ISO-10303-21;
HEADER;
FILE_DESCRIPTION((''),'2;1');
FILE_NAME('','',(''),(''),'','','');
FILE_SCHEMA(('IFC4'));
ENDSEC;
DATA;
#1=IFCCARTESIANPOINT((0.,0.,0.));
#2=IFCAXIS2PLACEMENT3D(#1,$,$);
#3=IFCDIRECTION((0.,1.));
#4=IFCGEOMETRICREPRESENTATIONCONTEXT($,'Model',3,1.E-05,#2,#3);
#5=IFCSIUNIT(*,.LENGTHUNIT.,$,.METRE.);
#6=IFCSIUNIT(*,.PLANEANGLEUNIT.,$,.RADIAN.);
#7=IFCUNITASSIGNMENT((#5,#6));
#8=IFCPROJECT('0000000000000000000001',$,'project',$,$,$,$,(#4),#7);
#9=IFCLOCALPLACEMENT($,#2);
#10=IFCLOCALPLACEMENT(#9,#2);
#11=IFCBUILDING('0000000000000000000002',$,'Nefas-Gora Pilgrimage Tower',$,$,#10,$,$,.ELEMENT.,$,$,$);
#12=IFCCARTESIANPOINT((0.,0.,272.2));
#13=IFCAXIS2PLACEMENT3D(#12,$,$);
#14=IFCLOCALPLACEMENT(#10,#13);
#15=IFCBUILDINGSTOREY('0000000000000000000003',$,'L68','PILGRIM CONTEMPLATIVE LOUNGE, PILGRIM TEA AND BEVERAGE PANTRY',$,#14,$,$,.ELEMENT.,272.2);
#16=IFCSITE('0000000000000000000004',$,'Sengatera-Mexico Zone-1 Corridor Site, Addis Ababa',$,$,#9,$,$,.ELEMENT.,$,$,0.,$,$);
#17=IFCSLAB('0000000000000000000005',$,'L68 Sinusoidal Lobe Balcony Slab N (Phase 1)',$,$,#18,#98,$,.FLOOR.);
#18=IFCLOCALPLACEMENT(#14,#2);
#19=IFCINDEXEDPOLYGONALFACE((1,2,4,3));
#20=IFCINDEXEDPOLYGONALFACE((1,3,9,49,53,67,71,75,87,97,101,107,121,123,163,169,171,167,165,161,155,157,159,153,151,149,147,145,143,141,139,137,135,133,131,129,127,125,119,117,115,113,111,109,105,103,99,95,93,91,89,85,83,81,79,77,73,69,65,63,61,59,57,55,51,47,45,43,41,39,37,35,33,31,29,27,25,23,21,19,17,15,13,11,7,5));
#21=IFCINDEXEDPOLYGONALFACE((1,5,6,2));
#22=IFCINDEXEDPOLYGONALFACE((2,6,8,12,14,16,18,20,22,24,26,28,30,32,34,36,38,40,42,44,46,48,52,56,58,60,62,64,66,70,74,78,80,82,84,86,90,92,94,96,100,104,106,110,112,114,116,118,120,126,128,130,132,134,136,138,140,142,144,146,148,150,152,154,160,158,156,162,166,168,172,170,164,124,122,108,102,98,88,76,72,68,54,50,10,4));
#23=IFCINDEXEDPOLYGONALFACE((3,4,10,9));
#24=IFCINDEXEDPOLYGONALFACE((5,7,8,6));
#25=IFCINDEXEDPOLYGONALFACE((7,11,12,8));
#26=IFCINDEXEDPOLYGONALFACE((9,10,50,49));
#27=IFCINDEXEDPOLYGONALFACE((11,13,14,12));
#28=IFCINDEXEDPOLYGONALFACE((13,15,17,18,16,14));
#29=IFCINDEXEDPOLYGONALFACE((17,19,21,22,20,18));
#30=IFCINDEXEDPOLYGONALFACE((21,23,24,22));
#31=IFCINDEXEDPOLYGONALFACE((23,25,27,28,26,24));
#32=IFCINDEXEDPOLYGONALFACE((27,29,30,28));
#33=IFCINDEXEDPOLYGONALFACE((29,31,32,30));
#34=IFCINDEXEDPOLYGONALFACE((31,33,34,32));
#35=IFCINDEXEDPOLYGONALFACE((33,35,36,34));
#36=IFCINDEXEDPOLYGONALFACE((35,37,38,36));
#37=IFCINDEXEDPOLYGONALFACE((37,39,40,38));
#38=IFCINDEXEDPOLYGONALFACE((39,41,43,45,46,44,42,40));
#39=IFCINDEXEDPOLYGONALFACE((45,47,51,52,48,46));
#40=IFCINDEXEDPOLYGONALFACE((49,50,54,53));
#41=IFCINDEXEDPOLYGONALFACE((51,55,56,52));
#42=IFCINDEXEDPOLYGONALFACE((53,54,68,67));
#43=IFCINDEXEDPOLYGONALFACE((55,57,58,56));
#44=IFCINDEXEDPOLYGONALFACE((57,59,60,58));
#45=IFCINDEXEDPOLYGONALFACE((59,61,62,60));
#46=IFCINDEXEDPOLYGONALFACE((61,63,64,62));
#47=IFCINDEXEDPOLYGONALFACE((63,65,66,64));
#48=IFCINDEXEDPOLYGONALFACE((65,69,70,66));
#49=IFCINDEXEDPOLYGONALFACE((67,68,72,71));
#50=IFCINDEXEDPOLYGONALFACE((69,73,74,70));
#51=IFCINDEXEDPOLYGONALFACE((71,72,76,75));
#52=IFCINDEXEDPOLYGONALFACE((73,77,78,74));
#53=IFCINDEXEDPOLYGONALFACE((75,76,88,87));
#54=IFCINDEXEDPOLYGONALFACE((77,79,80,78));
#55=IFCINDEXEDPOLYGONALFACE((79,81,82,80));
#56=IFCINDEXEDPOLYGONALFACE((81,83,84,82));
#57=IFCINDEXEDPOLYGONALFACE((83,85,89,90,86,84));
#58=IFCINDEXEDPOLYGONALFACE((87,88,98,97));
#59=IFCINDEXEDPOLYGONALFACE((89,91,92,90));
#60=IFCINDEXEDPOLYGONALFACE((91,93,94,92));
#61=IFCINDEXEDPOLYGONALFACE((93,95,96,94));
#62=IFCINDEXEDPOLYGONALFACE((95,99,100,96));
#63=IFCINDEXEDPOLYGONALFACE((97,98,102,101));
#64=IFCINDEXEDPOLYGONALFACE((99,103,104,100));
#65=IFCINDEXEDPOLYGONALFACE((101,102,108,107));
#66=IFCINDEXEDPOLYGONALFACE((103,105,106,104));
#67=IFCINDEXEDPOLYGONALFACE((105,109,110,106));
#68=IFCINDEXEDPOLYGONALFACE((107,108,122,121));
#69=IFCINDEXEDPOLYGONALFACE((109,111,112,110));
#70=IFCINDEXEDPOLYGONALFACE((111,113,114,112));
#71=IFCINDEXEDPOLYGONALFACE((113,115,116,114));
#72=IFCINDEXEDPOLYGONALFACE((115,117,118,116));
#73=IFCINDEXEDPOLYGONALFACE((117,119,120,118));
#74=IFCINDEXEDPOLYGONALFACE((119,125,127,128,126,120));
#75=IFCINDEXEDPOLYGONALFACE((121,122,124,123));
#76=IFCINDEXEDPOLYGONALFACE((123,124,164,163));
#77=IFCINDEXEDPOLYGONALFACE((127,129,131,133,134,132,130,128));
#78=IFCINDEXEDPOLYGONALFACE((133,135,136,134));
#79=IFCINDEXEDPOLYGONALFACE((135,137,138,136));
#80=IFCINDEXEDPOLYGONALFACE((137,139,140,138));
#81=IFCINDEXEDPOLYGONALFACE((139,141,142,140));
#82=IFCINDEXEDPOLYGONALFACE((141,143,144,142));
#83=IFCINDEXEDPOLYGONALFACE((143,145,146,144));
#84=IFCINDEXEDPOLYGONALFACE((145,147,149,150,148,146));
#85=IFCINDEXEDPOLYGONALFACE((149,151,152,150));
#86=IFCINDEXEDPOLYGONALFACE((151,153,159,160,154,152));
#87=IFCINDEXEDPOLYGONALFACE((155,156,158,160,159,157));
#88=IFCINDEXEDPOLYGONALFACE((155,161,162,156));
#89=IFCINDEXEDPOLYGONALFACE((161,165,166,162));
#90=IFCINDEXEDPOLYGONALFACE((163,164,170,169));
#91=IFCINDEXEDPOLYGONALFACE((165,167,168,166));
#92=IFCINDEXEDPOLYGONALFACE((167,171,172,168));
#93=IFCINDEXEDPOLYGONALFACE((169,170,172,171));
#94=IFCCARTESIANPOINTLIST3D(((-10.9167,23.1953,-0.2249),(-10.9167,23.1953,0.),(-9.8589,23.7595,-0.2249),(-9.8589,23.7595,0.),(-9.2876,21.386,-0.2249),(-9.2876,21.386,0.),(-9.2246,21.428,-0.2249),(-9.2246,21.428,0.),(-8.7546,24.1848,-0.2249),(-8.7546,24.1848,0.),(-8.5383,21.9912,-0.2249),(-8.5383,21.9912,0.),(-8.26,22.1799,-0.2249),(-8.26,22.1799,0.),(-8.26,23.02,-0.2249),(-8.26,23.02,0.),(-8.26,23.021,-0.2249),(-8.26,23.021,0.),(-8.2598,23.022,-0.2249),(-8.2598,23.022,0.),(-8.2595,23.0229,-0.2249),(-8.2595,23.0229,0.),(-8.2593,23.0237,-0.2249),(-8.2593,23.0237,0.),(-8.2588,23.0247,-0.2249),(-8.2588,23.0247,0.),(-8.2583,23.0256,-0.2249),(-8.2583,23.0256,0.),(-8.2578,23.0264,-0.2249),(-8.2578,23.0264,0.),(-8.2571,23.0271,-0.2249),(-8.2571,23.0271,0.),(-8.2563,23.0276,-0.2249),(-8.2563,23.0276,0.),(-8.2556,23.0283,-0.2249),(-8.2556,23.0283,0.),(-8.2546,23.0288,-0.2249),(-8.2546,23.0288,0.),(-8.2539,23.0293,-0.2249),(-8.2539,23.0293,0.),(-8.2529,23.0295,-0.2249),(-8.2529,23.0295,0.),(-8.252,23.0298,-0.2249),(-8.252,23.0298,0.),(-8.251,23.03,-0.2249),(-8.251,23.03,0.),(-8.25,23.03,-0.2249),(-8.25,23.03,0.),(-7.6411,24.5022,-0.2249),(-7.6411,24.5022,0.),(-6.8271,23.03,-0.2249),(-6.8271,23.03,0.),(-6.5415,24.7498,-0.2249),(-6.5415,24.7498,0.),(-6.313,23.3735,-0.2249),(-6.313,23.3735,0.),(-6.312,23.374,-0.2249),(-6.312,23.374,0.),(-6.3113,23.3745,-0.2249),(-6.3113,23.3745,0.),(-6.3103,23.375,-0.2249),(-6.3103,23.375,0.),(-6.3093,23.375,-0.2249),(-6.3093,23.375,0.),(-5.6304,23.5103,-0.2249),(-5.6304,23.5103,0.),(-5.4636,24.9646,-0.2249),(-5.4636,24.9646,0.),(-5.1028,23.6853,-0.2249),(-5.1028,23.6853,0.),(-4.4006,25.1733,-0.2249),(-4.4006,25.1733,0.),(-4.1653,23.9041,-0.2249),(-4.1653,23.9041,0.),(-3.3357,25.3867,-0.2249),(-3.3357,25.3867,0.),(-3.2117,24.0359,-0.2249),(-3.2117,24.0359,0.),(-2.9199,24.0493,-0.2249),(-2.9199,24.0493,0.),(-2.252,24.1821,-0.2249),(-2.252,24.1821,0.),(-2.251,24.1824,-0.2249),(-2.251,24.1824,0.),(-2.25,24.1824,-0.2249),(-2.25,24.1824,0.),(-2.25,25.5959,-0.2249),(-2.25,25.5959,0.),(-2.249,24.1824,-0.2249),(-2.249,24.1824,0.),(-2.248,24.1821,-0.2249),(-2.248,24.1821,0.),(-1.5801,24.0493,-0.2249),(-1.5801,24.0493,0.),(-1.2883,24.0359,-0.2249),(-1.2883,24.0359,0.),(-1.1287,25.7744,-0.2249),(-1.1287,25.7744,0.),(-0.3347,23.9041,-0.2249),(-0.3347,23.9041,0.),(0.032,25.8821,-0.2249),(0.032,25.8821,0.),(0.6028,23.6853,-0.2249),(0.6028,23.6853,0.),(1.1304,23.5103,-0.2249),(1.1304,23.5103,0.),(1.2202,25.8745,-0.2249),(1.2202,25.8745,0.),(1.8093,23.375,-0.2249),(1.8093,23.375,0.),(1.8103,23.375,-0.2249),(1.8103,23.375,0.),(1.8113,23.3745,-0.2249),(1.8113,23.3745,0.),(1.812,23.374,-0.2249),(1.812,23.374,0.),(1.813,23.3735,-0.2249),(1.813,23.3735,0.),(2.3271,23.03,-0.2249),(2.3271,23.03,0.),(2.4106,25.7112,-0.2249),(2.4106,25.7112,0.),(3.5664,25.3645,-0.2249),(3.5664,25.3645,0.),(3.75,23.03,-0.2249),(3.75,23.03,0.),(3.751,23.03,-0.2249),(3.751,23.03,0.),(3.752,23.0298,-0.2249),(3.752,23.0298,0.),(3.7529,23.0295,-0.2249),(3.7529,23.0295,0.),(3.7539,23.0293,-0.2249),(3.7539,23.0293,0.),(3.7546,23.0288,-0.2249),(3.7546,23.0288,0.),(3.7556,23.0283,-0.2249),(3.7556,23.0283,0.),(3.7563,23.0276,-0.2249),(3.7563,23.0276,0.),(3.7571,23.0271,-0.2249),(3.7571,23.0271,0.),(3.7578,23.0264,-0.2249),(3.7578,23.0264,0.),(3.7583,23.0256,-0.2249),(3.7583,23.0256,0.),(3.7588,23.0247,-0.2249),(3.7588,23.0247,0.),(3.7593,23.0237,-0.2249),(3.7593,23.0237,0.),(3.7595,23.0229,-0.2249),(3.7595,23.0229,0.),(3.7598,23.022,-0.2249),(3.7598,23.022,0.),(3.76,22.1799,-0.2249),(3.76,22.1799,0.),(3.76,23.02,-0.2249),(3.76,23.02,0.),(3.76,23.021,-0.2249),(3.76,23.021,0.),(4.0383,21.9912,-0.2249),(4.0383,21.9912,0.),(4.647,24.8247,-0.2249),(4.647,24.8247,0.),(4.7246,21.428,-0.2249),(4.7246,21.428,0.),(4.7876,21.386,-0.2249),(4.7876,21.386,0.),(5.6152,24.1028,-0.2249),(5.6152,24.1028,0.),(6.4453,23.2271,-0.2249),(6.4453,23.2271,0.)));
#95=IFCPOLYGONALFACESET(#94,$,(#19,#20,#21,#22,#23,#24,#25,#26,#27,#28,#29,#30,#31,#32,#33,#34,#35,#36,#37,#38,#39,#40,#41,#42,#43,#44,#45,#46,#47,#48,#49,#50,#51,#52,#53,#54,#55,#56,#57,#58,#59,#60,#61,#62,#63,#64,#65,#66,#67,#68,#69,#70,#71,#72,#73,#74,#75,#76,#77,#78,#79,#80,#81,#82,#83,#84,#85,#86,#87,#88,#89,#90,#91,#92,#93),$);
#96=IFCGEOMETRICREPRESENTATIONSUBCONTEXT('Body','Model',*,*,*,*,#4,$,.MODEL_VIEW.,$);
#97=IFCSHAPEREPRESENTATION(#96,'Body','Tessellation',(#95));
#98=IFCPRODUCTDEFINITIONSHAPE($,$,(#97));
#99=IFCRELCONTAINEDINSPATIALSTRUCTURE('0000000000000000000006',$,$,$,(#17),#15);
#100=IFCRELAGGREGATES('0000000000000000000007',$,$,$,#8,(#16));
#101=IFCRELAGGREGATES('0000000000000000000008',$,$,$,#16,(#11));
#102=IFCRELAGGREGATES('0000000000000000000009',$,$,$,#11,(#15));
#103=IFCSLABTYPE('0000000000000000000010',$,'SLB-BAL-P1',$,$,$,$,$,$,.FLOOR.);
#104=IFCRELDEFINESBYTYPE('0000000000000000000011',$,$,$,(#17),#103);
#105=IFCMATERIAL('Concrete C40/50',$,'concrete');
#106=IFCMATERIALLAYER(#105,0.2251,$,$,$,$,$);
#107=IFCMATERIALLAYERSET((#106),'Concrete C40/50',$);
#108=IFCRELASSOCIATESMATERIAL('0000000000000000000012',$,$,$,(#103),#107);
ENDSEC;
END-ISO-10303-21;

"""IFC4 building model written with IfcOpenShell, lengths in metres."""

from ifc_helpers import new_model, si_unit, direction, frame, origin, place, context, subcontext, project, spatial, polyline, outline, extrude, material, layer, layer_set, type_object, element, save


model = new_model("IFC4")

# Units and contexts
model_context = context("Model", 3, precision=1e-05, world=origin(), true_north=direction((0.0, 1.0)))
body_context = subcontext(model_context, "Body", "Model", "MODEL_VIEW")
ifc_project = project(units=[si_unit("LENGTHUNIT", "METRE"), si_unit("PLANEANGLEUNIT", "RADIAN")], contexts=[model_context])

# Site, building, storey
site_placement = place(None, origin())
site = spatial("IfcSite", under=ifc_project, at=site_placement, Name="Sengatera-Mexico Zone-1 Corridor Site, Addis Ababa", CompositionType="ELEMENT", RefElevation=0.0)
building_placement = place(site_placement, origin())
building = spatial("IfcBuilding", under=site, at=building_placement, Name="Nefas-Gora Pilgrimage Tower", CompositionType="ELEMENT")
storey_placement = place(building_placement, frame((0.0, 0.0, 272.2)))
storey = spatial("IfcBuildingStorey", under=building, at=storey_placement, Name="L68", Description="PILGRIM CONTEMPLATIVE LOUNGE, PILGRIM TEA AND BEVERAGE PANTRY", CompositionType="ELEMENT", Elevation=272.2)

# Slab
ifc_material_1 = material(Name="Concrete C40/50", Category="concrete")
ifc_layer_1 = layer(ifc_material_1, 0.2251)
ifc_layer_set_1 = layer_set([ifc_layer_1], Name="Concrete C40/50")
slab_type_1 = type_object("IfcSlabType", Name="SLB-BAL-P1", PredefinedType="FLOOR", material=ifc_layer_set_1)
slab_1_placement = place(storey_placement, frame((0.0, 0.0, -0.2249)))
element("IfcSlab", 1, at=slab_1_placement, inside=storey, type_object=slab_type_1, Name="L68 Sinusoidal Lobe Balcony Slab N (Phase 1)", PredefinedType="FLOOR", context=body_context, shape_type="SweptSolid", body=[
    extrude(outline(polyline([(-9.2876, 21.386), (-9.2246, 21.428), (-8.5383, 21.9912), (-8.26, 22.1799), (-8.26, 23.02), (-8.26, 23.021), (-8.2598, 23.022), (-8.2595, 23.0229), (-8.2593, 23.0237), (-8.2588, 23.0247), (-8.2583, 23.0256), (-8.2578, 23.0264), (-8.2571, 23.0271), (-8.2563, 23.0276), (-8.2556, 23.0283), (-8.2546, 23.0288), (-8.2539, 23.0293), (-8.2529, 23.0295), (-8.252, 23.0298), (-8.251, 23.03), (-8.25, 23.03), (-6.8271, 23.03), (-6.313, 23.3735), (-6.312, 23.374), (-6.3113, 23.3745), (-6.3103, 23.375), (-6.3093, 23.375), (-5.6304, 23.5103), (-5.1028, 23.6853), (-4.1653, 23.9041), (-3.2117, 24.0359), (-2.9199, 24.0493), (-2.252, 24.1821), (-2.251, 24.1824), (-2.25, 24.1824), (-2.249, 24.1824), (-2.248, 24.1821), (-1.5801, 24.0493), (-1.2883, 24.0359), (-0.3347, 23.9041), (0.6028, 23.6853), (1.1304, 23.5103), (1.8093, 23.375), (1.8103, 23.375), (1.8113, 23.3745), (1.812, 23.374), (1.813, 23.3735), (2.3271, 23.03), (3.75, 23.03), (3.751, 23.03), (3.752, 23.0298), (3.7529, 23.0295), (3.7539, 23.0293), (3.7546, 23.0288), (3.7556, 23.0283), (3.7563, 23.0276), (3.7571, 23.0271), (3.7578, 23.0264), (3.7583, 23.0256), (3.7588, 23.0247), (3.7593, 23.0237), (3.7595, 23.0229), (3.7598, 23.022), (3.76, 23.021), (3.76, 23.02), (3.76, 22.1799), (4.0383, 21.9912), (4.7246, 21.428), (4.7876, 21.386), (6.4453, 23.2271), (5.6152, 24.1028), (4.647, 24.8247), (3.5664, 25.3645), (2.4106, 25.7112), (1.2202, 25.8745), (0.032, 25.8821), (-1.1287, 25.7744), (-2.25, 25.5959), (-3.3357, 25.3867), (-4.4006, 25.1733), (-5.4636, 24.9646), (-6.5415, 24.7498), (-7.6411, 24.5022), (-8.7546, 24.1848), (-9.8589, 23.7595), (-10.9167, 23.1953), (-9.2876, 21.386)])), origin(), (0.0, 0.0, 1.0), 0.2249),
])

save(model, "model.ifc")
